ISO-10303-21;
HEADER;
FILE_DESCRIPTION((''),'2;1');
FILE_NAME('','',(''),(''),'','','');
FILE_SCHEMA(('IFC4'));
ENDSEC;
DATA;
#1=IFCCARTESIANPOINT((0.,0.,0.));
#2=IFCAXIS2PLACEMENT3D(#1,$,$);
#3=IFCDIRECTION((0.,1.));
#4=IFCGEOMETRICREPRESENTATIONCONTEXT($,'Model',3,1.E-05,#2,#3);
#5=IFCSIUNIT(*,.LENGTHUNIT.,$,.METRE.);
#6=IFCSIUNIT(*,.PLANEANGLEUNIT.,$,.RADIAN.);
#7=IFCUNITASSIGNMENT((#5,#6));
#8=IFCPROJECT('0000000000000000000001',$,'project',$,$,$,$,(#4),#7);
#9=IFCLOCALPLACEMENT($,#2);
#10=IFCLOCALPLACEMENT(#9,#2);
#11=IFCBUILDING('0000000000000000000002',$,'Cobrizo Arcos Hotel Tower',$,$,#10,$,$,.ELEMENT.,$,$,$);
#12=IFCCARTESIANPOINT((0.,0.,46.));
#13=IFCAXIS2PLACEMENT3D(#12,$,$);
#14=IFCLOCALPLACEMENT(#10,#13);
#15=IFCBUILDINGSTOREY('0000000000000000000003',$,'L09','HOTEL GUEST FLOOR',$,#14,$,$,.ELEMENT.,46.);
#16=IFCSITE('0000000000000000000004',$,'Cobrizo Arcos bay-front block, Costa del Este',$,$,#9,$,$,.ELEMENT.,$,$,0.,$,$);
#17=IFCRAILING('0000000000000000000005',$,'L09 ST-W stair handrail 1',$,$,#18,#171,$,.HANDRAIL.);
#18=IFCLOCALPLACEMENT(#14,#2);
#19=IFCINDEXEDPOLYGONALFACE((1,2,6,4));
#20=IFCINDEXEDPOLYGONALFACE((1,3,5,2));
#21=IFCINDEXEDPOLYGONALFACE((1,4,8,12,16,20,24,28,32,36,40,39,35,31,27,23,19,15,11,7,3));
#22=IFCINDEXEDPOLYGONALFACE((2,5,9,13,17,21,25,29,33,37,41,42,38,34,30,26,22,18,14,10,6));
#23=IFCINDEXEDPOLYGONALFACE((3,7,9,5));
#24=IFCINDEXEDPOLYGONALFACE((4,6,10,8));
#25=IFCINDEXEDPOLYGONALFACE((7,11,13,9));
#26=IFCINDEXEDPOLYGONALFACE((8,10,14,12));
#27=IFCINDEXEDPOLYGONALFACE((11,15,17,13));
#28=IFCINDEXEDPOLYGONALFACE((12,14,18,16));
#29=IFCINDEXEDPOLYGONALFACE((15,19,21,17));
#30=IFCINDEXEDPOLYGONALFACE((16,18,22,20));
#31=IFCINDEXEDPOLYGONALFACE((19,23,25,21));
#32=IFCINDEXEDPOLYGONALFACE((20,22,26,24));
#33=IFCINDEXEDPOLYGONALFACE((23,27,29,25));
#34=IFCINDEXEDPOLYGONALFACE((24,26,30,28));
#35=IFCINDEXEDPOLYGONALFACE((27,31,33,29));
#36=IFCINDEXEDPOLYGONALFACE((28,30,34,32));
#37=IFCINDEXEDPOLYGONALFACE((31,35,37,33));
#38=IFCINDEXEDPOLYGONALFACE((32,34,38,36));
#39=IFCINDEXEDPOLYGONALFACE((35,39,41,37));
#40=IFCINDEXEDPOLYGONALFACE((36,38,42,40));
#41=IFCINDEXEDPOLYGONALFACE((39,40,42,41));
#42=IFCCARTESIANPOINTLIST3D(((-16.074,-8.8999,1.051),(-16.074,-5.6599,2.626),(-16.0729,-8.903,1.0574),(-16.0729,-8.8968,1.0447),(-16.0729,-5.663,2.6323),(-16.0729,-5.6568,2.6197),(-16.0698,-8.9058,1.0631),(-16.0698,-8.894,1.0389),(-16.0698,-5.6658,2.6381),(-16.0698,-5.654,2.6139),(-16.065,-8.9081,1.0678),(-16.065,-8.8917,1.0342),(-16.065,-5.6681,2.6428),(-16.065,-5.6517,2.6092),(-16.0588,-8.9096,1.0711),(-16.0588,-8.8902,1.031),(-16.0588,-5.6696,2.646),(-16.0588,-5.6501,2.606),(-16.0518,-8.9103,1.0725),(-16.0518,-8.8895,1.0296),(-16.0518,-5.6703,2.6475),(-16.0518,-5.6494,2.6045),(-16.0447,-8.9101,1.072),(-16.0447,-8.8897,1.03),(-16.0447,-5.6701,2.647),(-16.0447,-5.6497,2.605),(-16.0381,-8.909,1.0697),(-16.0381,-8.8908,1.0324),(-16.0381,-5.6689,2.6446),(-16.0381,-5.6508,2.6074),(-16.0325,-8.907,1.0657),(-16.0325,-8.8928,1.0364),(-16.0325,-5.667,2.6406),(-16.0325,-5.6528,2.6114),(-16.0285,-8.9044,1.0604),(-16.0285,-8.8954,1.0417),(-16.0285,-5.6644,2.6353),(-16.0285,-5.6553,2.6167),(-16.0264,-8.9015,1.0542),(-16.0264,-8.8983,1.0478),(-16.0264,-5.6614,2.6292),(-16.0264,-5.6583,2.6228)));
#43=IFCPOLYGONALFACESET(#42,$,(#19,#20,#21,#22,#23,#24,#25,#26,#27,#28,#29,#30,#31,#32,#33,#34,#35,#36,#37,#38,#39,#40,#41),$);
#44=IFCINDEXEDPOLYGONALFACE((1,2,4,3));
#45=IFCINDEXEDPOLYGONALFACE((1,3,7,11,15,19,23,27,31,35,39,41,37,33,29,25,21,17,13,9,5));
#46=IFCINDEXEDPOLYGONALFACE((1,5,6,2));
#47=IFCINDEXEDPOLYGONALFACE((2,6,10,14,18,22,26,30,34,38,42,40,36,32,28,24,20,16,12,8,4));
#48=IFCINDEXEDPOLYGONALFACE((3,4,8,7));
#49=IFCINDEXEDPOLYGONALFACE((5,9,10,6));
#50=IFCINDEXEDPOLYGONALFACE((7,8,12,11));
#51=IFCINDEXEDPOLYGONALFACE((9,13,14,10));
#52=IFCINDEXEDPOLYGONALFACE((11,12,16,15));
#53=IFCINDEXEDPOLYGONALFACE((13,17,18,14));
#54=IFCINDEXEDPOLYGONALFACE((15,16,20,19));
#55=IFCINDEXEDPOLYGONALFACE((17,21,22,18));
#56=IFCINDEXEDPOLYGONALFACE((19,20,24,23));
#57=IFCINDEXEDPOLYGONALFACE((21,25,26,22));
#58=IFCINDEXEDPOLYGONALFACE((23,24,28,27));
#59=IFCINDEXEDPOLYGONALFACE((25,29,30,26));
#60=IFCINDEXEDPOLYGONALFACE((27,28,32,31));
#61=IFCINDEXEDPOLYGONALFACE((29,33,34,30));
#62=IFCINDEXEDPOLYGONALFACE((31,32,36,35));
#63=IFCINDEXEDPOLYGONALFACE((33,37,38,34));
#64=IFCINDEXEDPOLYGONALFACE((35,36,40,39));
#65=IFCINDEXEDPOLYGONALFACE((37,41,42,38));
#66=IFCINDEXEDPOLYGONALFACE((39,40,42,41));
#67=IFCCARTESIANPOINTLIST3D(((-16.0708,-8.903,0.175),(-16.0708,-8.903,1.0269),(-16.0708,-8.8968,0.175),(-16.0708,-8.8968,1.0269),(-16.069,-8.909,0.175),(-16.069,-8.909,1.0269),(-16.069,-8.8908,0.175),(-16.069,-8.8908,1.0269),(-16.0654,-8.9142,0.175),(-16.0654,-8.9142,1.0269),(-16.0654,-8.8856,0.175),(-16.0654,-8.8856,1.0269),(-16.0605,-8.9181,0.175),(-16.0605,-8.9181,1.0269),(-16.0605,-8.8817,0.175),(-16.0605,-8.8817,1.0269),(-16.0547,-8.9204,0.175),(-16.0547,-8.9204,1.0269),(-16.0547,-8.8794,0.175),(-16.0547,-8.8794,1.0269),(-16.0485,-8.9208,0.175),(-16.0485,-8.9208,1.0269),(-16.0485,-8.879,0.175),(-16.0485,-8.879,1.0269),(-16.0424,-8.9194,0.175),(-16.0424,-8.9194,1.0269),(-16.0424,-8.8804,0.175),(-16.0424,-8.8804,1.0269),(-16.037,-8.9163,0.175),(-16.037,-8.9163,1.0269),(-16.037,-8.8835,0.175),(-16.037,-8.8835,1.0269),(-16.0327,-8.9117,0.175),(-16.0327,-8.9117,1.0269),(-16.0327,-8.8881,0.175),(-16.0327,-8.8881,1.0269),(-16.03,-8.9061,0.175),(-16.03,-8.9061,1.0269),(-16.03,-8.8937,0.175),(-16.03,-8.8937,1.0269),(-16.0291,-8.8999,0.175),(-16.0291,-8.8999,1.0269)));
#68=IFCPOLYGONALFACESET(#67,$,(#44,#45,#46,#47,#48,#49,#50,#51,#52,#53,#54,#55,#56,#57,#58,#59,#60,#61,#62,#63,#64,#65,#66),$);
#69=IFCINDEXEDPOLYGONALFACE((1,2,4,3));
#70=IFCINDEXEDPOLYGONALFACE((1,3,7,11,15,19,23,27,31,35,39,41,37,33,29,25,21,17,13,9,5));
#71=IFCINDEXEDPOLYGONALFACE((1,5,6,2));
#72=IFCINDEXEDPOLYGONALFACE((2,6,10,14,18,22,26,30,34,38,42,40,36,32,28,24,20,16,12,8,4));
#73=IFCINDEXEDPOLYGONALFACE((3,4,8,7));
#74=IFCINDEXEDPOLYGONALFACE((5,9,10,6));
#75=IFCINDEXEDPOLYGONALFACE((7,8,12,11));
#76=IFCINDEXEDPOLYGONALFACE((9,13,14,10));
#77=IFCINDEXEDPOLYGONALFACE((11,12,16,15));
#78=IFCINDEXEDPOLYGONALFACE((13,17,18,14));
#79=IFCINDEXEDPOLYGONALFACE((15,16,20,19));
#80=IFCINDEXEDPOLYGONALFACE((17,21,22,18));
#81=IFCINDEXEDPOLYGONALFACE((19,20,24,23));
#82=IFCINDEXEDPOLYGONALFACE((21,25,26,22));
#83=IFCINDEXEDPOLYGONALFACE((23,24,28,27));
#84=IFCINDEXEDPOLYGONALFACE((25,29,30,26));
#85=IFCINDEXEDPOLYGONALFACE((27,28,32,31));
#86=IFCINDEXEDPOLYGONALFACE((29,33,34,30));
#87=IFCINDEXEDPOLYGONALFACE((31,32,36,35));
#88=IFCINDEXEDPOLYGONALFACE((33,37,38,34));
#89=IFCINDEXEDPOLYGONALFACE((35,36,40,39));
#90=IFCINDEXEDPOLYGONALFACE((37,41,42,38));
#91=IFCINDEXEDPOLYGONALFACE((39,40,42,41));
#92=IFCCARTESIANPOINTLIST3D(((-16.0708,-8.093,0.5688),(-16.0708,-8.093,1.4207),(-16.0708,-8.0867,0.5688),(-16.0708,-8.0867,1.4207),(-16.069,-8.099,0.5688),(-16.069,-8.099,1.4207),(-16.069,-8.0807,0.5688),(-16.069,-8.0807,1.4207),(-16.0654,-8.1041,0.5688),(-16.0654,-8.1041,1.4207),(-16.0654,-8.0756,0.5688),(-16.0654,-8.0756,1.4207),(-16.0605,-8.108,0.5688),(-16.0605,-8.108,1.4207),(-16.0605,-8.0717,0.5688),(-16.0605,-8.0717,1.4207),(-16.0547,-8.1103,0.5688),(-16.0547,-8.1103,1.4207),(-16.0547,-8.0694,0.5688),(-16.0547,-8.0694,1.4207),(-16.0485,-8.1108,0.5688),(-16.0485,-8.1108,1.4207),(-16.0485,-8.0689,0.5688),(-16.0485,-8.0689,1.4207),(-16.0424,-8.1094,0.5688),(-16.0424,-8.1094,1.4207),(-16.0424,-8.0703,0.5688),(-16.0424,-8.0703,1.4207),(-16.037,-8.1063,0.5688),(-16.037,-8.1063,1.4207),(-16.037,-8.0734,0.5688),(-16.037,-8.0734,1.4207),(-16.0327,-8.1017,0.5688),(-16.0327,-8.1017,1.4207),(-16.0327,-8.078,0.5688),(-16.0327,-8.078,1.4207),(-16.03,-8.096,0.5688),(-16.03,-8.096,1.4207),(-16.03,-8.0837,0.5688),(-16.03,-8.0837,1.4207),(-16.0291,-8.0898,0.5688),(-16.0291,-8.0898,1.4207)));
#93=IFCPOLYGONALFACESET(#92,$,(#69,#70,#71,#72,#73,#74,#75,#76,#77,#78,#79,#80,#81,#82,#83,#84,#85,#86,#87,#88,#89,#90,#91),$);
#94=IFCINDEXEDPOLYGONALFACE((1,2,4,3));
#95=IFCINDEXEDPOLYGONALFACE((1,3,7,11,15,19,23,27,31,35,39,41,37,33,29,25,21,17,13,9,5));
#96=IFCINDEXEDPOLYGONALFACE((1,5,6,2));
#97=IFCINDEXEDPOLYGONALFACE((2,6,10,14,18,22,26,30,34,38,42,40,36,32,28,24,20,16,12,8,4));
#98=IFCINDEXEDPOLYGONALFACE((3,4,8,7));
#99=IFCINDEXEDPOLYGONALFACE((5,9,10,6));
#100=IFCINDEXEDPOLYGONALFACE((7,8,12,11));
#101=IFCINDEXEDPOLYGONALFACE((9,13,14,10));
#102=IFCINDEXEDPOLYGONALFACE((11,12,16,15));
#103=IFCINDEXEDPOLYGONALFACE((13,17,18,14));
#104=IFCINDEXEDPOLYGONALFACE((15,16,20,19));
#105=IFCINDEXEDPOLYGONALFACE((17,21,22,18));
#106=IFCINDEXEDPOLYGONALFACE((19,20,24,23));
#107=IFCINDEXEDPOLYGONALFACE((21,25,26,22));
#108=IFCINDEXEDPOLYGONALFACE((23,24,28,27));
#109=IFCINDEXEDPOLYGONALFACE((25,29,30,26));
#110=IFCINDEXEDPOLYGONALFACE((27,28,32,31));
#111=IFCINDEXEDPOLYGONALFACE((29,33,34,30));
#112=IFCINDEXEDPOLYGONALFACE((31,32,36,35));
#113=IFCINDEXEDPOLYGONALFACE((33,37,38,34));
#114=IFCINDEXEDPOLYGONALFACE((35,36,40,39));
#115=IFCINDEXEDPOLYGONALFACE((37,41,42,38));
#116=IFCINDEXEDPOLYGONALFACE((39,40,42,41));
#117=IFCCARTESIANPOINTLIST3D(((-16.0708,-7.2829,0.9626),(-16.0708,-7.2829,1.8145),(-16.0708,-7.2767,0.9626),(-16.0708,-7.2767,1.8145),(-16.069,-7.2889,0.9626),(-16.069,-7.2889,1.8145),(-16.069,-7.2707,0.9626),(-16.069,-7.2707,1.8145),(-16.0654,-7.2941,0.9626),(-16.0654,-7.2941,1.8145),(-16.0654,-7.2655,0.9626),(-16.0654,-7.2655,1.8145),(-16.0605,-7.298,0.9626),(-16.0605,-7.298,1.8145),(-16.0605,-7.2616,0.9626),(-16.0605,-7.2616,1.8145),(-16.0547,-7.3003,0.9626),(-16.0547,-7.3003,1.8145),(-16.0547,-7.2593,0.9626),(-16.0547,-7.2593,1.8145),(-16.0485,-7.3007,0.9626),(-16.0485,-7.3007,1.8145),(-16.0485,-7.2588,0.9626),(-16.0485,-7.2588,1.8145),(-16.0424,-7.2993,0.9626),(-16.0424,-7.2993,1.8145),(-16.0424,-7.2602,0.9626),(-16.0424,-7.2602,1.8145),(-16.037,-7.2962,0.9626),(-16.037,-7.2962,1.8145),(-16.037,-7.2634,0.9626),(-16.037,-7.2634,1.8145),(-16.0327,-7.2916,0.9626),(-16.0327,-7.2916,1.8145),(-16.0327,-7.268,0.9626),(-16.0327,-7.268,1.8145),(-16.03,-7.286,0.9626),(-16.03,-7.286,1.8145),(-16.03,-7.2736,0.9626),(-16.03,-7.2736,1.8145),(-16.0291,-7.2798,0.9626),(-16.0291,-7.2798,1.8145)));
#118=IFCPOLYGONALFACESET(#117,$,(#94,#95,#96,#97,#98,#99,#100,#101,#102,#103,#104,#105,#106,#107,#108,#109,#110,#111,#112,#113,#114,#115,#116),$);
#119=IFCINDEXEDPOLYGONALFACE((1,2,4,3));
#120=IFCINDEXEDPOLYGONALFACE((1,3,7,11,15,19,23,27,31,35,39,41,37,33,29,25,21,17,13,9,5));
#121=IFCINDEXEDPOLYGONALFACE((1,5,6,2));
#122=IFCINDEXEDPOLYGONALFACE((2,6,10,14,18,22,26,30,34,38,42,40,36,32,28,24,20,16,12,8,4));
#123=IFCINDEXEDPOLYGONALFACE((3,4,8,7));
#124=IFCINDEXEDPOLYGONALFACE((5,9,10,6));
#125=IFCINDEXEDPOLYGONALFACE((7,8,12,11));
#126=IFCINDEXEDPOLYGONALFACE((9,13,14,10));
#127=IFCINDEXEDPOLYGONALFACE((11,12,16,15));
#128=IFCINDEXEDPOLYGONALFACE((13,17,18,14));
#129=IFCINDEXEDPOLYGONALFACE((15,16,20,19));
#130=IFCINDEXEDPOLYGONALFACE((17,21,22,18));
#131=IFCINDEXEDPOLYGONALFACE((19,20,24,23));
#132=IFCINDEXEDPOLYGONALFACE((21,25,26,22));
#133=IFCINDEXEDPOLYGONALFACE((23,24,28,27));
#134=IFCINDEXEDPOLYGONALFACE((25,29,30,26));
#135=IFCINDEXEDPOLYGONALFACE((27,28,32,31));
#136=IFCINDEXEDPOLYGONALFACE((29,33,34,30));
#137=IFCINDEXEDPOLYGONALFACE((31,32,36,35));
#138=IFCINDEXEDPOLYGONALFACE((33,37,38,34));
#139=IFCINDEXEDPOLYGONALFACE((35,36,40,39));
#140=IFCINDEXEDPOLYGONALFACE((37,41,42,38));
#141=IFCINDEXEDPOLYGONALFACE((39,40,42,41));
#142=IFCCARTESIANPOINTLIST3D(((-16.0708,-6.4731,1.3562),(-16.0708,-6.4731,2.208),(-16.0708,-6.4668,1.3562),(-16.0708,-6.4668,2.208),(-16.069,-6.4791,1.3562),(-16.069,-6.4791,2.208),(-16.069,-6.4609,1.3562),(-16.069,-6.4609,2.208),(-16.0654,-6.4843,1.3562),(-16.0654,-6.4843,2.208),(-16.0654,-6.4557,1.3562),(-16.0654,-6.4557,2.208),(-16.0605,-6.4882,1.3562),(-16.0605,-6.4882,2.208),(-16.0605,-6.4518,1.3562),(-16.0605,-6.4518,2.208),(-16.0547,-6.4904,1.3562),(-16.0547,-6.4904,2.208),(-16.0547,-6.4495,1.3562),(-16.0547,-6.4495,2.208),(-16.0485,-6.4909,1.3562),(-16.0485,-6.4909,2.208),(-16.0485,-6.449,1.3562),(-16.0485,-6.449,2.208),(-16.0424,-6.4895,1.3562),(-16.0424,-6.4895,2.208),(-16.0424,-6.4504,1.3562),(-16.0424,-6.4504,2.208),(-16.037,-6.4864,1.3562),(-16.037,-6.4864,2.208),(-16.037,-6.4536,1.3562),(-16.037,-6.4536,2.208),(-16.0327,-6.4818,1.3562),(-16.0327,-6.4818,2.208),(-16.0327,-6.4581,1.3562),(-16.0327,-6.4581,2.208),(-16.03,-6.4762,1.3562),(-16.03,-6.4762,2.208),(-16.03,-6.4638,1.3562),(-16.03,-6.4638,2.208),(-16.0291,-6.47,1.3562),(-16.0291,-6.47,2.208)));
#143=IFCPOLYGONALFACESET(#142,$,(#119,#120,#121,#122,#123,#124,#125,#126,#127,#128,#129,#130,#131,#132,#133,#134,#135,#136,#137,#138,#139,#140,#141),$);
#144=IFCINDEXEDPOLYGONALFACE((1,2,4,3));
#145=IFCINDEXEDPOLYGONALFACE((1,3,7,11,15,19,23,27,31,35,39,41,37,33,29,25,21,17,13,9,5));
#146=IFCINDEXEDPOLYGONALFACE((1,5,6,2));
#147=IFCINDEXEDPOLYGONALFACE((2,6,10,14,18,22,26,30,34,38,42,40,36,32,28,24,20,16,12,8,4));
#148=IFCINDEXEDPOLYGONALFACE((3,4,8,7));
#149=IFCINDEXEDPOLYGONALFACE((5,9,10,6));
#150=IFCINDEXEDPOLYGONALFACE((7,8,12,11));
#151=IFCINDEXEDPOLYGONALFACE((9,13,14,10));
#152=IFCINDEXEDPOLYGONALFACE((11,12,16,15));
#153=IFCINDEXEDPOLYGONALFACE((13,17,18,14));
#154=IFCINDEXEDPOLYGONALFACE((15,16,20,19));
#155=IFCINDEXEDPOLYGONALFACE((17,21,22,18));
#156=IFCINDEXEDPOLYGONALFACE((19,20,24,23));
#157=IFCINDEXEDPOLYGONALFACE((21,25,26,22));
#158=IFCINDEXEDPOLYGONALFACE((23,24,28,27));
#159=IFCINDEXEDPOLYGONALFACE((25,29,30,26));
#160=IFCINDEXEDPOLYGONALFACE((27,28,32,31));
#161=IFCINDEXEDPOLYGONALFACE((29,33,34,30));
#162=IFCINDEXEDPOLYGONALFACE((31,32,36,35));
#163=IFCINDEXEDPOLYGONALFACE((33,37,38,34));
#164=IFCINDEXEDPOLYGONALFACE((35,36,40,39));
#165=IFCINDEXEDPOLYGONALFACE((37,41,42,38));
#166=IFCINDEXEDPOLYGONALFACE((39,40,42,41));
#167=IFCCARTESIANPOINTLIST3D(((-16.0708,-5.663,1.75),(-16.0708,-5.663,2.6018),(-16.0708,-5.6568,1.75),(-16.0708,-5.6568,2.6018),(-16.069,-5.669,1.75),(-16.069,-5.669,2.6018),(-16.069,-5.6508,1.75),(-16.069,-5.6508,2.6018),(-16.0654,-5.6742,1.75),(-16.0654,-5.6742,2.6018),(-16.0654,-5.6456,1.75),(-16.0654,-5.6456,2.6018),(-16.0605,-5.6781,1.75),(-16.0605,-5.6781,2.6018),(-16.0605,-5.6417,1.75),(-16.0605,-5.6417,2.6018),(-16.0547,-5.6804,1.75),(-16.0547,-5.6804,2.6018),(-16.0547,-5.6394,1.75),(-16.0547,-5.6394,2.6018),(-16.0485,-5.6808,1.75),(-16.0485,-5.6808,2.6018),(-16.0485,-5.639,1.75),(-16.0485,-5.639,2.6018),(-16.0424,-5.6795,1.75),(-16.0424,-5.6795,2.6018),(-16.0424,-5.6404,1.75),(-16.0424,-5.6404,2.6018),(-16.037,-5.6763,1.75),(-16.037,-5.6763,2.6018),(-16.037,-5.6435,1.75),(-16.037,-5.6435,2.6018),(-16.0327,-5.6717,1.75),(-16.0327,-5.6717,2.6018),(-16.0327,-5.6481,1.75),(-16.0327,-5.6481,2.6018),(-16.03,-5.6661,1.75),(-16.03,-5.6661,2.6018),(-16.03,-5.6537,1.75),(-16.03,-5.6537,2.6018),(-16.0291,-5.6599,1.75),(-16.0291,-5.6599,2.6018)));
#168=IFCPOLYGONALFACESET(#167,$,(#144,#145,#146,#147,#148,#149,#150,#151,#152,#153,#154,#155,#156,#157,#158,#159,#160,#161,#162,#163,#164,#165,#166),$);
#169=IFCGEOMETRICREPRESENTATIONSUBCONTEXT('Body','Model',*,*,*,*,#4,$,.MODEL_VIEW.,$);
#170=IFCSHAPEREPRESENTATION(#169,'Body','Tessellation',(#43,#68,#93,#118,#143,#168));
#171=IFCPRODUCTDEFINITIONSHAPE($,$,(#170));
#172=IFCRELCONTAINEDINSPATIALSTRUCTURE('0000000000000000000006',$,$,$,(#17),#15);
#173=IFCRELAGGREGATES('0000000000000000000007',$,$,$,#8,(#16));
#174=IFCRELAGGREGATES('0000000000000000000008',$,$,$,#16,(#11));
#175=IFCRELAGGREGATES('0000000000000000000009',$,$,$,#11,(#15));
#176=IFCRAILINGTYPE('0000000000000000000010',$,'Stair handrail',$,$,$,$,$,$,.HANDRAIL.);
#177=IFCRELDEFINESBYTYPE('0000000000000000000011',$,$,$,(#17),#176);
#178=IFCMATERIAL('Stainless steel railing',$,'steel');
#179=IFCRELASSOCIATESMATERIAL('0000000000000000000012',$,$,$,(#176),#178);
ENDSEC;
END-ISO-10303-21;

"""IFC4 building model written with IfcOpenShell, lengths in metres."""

from ifc_helpers import new_model, si_unit, direction, frame, origin, origin_2d, place, context, subcontext, project, spatial, circle, extrude, material, type_object, element, save


model = new_model("IFC4")

# Units and contexts
model_context = context("Model", 3, precision=1e-05, world=origin(), true_north=direction((0.0, 1.0)))
body_context = subcontext(model_context, "Body", "Model", "MODEL_VIEW")
ifc_project = project(units=[si_unit("LENGTHUNIT", "METRE"), si_unit("PLANEANGLEUNIT", "RADIAN")], contexts=[model_context])

# Site, building, storey
site_placement = place(None, origin())
site = spatial("IfcSite", under=ifc_project, at=site_placement, Name="Cobrizo Arcos bay-front block, Costa del Este", CompositionType="ELEMENT", RefElevation=0.0)
building_placement = place(site_placement, origin())
building = spatial("IfcBuilding", under=site, at=building_placement, Name="Cobrizo Arcos Hotel Tower", CompositionType="ELEMENT")
storey_placement = place(building_placement, frame((0.0, 0.0, 46.0)))
storey = spatial("IfcBuildingStorey", under=building, at=storey_placement, Name="L09", Description="HOTEL GUEST FLOOR", CompositionType="ELEMENT", Elevation=46.0)

# Railing
ifc_material_1 = material(Name="Stainless steel railing", Category="steel")
railing_type_1 = type_object("IfcRailingType", Name="Stair handrail", PredefinedType="HANDRAIL", material=ifc_material_1)
railing_1_placement = place(storey_placement, frame((-16.05, -8.8999, 0.175)))
element("IfcRailing", 1, at=railing_1_placement, inside=storey, type_object=railing_type_1, Name="L09 ST-W stair handrail 1", PredefinedType="HANDRAIL", context=body_context, shape_type="SweptSolid", body=[
    extrude(circle(Radius=0.0239, at=origin_2d()), frame((0.0, 0.0, 0.876), z_axis=(0.0, 0.899373, 0.437183), x_axis=(-1.0, 0.0, 0.0)), (0.0, 0.0, 1.0), 3.6025),
    extrude(circle(Radius=0.021, at=origin_2d()), origin(), (0.0, 0.0, 1.0), 0.8518),
    extrude(circle(Radius=0.021, at=origin_2d()), frame((0.0, 0.8101, 0.3938)), (0.0, 0.0, 1.0), 0.8518),
    extrude(circle(Radius=0.021, at=origin_2d()), frame((0.0, 1.6201, 0.7876)), (0.0, 0.0, 1.0), 0.8518),
    extrude(circle(Radius=0.021, at=origin_2d()), frame((0.0, 2.4299, 1.1812)), (0.0, 0.0, 1.0), 0.8518),
    extrude(circle(Radius=0.021, at=origin_2d()), frame((0.0, 3.24, 1.575)), (0.0, 0.0, 1.0), 0.8518),
])

save(model, "model.ifc")
